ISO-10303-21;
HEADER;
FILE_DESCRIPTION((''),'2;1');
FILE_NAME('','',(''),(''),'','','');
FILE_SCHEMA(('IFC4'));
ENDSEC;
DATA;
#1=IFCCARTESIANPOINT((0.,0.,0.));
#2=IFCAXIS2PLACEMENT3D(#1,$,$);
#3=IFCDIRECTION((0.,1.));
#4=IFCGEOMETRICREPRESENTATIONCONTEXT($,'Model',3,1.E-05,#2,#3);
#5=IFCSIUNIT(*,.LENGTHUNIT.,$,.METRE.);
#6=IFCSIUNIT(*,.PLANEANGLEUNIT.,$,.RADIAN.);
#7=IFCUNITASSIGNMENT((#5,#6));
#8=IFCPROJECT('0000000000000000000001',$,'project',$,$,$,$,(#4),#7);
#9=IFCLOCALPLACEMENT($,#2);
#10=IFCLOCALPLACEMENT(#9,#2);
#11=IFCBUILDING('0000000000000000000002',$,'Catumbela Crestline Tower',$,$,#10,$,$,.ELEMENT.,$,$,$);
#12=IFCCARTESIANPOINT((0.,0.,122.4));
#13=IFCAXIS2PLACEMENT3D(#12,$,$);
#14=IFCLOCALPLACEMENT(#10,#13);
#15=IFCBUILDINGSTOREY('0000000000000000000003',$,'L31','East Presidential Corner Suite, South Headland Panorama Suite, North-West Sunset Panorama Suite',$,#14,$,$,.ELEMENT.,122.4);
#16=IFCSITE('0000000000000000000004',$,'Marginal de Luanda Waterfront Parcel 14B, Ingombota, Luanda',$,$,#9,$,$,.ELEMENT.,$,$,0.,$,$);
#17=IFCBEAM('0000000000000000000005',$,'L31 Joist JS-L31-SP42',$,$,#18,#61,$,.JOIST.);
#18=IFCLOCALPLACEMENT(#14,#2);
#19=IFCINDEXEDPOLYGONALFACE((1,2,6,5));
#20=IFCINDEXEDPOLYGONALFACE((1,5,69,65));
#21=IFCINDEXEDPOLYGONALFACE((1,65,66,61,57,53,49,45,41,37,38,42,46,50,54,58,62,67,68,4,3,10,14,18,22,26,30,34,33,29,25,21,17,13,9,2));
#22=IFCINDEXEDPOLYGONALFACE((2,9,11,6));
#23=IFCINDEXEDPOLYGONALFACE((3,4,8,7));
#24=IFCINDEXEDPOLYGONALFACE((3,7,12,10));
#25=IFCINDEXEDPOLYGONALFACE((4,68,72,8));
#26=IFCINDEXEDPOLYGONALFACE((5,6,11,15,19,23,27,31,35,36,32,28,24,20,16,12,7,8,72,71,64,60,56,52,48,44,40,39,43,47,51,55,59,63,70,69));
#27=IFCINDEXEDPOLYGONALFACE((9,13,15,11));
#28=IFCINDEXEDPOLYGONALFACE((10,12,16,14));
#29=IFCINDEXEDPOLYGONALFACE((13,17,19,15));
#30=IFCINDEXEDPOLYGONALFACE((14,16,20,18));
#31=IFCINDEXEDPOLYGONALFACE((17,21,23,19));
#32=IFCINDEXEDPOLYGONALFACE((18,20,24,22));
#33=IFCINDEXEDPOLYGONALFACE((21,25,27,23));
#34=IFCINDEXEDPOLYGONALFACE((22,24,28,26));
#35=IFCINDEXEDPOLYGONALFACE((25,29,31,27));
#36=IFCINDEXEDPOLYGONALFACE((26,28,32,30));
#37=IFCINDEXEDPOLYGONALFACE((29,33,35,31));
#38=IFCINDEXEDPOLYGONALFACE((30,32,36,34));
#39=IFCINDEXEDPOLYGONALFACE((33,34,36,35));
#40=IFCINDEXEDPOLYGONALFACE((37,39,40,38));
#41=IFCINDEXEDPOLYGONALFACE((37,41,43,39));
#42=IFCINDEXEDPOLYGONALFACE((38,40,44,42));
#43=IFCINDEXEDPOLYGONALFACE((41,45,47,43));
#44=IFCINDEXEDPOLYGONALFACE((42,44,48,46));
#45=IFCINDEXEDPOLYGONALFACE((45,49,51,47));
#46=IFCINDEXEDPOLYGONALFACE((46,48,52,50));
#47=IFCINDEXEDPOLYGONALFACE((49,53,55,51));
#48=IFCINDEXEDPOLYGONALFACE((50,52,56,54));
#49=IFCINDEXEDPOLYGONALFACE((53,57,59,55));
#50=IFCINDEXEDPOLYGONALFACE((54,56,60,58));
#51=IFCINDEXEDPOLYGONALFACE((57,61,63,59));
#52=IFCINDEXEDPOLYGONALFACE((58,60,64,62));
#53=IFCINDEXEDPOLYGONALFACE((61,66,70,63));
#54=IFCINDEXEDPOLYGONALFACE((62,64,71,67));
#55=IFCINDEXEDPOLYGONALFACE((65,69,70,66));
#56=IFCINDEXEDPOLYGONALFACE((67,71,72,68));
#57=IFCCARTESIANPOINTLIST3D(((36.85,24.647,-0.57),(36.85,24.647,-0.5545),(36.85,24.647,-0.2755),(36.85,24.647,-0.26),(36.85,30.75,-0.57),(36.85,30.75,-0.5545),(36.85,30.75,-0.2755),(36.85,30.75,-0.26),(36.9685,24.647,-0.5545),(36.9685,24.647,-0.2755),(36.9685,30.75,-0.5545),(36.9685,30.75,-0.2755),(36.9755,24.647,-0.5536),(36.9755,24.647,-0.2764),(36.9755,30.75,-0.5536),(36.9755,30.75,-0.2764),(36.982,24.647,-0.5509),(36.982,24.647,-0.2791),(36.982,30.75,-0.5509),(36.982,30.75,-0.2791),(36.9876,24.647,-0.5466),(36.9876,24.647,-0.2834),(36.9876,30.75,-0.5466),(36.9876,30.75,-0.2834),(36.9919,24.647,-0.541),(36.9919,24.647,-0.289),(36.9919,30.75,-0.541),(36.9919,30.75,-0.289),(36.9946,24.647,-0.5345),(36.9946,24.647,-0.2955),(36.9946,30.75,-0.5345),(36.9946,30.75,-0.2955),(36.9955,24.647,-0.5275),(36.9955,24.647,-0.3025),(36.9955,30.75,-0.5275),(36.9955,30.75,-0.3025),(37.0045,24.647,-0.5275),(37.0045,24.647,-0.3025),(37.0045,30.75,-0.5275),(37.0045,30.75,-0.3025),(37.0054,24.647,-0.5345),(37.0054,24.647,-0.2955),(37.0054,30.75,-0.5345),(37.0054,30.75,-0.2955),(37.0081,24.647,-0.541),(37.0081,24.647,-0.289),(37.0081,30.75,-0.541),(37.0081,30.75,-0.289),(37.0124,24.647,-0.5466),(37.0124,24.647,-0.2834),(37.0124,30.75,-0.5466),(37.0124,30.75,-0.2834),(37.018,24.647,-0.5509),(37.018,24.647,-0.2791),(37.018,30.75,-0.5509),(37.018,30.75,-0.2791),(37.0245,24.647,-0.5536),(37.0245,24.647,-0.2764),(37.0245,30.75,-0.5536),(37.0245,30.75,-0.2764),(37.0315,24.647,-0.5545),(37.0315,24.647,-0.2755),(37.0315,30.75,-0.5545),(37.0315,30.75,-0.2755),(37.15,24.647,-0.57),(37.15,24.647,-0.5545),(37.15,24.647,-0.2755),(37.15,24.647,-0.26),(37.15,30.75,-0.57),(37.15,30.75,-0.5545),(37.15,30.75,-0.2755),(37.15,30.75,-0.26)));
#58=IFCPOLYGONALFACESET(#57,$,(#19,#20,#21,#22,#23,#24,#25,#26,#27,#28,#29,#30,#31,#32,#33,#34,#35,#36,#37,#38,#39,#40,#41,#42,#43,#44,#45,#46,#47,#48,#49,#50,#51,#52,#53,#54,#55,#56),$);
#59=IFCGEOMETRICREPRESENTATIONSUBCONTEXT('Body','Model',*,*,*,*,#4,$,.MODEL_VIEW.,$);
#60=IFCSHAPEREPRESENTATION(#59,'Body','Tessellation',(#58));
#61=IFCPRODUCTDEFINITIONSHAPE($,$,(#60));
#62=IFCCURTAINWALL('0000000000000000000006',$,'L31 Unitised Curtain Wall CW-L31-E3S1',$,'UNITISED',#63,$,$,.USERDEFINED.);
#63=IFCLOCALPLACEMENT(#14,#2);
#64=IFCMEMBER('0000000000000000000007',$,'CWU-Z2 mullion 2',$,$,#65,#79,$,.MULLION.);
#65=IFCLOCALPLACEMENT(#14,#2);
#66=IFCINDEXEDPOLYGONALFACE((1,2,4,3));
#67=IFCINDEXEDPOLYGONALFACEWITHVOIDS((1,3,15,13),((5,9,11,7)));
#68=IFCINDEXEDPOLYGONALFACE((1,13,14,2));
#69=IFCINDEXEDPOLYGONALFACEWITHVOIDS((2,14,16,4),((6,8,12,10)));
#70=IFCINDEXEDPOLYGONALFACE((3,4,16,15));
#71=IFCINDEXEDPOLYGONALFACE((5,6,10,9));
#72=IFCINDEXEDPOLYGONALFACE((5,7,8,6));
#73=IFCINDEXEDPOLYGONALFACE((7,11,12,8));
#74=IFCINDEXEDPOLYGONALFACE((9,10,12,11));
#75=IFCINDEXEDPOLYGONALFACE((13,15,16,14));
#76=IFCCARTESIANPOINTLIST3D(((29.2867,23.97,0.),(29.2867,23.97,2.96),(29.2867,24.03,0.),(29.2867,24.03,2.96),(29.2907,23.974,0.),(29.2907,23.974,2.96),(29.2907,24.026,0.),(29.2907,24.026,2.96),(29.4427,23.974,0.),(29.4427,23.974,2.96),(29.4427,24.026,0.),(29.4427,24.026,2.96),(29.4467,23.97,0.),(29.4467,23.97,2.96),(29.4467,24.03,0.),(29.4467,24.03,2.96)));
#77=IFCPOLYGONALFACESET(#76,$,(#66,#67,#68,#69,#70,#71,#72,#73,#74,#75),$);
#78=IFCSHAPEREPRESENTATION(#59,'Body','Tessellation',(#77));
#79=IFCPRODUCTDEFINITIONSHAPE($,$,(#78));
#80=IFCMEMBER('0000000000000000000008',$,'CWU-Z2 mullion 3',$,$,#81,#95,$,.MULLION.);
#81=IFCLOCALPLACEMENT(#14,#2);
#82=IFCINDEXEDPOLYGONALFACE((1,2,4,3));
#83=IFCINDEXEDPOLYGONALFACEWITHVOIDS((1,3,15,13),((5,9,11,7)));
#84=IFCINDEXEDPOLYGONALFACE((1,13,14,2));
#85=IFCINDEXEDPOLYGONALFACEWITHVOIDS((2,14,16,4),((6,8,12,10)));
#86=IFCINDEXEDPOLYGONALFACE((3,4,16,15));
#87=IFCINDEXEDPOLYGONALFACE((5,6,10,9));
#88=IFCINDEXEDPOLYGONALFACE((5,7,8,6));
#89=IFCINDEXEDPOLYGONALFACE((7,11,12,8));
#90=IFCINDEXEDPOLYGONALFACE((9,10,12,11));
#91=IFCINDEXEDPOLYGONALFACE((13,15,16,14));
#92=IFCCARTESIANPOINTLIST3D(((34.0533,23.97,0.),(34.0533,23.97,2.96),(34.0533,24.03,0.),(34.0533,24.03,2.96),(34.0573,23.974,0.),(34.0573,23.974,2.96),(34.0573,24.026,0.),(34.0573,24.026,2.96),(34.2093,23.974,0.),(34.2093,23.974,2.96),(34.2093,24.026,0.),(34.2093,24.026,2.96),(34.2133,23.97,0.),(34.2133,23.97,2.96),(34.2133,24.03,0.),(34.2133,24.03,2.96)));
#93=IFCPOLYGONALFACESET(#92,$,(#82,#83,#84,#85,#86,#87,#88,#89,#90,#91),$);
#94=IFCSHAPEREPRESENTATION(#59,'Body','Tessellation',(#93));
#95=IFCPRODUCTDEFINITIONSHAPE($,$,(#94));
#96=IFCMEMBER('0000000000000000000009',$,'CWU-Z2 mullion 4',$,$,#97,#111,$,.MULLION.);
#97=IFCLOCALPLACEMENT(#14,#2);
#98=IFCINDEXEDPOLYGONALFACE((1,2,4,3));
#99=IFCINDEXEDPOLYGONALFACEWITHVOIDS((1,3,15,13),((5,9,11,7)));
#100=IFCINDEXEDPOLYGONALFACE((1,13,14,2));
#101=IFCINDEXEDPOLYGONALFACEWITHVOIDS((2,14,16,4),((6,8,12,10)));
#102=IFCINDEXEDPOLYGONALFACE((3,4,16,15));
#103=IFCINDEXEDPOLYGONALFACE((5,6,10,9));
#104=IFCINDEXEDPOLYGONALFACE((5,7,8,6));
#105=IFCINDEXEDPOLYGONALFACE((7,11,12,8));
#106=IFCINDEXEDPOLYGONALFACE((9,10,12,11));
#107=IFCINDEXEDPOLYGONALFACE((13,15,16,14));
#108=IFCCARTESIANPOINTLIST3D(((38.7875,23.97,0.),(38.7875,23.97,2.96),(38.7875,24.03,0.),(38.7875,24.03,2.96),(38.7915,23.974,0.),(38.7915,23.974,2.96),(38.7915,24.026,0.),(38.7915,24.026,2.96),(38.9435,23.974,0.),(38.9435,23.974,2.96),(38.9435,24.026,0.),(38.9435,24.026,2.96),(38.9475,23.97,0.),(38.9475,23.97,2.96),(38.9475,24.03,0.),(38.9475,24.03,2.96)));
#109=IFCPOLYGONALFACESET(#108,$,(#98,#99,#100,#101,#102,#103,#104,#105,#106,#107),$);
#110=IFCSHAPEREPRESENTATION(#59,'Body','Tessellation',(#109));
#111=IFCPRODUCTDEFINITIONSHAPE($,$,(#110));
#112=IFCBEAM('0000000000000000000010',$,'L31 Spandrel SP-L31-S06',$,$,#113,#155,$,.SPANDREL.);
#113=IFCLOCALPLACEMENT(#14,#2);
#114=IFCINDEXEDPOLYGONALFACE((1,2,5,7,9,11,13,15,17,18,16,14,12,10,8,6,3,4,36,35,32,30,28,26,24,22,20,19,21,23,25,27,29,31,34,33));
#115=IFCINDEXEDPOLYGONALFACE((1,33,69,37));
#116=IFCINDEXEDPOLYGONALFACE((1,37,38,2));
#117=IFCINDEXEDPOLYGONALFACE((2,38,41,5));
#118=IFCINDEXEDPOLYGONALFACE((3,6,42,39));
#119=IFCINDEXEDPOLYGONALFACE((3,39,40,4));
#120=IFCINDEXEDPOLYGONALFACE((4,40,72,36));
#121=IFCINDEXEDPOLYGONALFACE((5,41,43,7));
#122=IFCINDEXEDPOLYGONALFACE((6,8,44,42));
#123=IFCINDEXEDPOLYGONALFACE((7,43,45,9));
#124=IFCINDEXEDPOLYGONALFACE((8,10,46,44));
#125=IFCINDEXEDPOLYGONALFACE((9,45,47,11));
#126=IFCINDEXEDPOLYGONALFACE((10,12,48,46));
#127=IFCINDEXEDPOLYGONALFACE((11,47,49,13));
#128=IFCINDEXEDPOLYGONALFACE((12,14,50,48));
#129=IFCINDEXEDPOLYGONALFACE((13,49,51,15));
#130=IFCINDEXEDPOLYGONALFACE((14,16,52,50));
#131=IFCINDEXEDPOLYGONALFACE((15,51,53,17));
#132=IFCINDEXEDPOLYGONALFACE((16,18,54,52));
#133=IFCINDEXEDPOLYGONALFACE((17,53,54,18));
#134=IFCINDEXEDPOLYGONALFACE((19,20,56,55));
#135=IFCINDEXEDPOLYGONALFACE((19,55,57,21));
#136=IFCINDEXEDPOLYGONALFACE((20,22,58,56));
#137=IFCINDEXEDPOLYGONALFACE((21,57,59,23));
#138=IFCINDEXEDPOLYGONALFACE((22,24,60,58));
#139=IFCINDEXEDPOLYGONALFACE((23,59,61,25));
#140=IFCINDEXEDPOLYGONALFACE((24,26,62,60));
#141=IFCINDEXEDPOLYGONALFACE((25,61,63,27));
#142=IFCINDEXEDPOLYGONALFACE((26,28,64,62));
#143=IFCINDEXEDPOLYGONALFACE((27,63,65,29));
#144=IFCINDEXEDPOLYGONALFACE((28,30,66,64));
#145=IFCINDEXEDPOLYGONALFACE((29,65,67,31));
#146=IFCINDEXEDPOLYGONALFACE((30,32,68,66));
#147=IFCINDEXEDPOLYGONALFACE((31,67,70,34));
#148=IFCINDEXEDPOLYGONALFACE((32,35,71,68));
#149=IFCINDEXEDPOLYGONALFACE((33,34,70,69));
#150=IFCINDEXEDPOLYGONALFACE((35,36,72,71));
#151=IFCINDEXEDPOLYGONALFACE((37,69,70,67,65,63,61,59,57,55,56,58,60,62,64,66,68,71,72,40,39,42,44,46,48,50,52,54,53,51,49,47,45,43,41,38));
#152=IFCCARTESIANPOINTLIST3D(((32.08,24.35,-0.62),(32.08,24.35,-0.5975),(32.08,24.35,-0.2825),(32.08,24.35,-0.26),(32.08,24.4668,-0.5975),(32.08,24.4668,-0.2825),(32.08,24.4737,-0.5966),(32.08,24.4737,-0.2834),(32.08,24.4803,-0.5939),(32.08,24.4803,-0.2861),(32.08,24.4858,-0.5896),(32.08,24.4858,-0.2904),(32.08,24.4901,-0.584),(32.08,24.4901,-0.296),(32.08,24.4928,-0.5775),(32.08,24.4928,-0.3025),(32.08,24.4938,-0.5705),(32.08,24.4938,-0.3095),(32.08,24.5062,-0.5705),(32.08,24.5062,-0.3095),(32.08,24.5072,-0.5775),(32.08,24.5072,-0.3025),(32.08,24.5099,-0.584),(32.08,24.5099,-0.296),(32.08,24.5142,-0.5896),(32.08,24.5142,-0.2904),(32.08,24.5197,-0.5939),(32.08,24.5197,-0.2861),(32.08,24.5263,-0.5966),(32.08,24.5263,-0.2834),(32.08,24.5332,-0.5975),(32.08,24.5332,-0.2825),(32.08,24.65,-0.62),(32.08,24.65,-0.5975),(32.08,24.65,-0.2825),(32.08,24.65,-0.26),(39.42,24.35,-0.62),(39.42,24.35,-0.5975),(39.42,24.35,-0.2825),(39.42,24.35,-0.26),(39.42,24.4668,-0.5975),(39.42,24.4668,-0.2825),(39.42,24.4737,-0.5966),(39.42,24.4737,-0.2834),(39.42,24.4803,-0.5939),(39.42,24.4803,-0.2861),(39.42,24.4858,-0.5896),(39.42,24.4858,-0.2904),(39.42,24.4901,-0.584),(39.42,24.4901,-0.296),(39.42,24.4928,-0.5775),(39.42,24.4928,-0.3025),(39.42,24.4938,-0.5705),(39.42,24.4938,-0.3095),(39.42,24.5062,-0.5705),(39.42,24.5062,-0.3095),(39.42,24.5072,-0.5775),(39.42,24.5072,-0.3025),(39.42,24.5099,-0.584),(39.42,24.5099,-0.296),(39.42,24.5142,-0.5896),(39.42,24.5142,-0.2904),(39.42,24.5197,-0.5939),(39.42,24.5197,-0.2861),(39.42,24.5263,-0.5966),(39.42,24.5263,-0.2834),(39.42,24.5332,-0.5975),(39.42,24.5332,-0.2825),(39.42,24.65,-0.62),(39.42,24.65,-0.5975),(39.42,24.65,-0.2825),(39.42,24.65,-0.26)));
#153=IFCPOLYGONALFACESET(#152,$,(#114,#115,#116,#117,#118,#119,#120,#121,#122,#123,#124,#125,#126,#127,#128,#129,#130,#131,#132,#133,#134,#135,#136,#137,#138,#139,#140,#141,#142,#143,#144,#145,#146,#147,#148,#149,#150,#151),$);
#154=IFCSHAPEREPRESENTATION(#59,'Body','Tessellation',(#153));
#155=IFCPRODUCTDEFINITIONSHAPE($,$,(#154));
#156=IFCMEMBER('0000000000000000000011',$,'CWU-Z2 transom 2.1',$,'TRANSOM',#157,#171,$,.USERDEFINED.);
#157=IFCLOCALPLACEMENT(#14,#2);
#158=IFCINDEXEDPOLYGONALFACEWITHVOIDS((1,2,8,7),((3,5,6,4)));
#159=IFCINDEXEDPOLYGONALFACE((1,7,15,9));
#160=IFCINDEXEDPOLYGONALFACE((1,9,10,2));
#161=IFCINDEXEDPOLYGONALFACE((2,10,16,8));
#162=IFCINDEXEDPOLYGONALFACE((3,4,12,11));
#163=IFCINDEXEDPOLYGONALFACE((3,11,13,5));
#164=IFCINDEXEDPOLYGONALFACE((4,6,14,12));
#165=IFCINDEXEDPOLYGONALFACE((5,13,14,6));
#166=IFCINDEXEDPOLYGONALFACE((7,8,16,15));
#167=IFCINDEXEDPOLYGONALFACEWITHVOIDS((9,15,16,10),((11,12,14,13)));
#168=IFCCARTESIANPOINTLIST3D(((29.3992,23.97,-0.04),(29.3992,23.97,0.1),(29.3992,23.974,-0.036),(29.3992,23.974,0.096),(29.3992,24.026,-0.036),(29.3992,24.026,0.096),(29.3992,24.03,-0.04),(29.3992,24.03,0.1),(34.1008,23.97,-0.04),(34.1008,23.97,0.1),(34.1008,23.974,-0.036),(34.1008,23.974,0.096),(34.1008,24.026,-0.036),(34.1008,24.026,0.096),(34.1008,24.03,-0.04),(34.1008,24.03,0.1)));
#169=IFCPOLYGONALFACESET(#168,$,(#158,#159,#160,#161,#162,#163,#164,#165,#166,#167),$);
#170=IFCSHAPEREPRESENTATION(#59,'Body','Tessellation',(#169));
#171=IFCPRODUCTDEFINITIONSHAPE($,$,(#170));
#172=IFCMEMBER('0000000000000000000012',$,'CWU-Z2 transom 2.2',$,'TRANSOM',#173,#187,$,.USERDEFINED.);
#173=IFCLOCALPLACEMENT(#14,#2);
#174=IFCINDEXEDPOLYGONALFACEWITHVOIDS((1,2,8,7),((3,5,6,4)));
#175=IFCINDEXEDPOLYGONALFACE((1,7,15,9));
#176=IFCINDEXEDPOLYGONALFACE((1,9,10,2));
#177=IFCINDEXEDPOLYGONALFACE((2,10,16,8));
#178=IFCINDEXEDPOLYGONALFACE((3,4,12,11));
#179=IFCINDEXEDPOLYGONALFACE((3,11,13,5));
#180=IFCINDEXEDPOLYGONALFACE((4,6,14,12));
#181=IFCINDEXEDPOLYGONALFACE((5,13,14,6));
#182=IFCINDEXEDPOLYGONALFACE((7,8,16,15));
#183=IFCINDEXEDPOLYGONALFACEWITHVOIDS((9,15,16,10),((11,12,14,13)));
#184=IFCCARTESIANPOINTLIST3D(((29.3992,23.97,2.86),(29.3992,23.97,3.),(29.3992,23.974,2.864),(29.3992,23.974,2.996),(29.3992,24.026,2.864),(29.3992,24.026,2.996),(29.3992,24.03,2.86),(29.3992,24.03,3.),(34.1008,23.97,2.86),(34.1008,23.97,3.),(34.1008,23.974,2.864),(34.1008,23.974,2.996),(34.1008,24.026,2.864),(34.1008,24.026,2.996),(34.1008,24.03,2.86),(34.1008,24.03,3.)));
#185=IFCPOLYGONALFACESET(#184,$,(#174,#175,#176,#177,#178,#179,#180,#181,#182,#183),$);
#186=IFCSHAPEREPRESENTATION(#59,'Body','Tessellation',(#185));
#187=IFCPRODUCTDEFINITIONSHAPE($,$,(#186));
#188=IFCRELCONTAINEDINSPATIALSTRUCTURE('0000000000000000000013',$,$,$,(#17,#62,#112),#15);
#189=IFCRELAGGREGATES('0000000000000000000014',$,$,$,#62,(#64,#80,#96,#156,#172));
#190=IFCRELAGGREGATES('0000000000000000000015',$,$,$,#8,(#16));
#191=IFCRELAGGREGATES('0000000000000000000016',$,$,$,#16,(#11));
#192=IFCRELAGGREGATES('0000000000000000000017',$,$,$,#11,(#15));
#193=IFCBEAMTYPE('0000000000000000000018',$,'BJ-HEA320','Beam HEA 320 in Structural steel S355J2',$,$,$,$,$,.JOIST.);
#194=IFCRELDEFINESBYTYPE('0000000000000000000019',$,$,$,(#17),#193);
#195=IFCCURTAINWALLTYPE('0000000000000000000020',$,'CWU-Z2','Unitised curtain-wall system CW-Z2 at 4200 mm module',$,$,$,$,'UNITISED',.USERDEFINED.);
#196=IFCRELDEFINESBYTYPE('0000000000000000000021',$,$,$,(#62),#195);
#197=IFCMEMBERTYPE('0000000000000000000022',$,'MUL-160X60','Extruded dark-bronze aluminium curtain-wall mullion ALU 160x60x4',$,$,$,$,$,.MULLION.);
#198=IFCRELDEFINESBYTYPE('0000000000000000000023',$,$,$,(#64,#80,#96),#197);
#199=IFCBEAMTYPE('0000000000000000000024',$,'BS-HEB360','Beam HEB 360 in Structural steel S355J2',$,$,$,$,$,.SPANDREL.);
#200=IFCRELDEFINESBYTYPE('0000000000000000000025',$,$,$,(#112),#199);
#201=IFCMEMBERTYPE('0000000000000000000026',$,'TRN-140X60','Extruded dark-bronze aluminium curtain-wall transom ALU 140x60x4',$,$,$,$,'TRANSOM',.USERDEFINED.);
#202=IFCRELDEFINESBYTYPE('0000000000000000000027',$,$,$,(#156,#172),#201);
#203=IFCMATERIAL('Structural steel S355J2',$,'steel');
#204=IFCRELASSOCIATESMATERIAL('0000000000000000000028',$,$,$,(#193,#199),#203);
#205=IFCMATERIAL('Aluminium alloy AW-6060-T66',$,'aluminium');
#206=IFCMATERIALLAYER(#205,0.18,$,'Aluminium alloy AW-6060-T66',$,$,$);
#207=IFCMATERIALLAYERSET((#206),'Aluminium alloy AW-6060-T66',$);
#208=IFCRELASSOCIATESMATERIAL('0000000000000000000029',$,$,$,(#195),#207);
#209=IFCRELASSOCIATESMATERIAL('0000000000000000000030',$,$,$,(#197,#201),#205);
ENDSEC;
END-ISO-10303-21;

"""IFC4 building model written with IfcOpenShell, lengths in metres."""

from ifc_helpers import new_model, si_unit, direction, frame, origin, origin_2d, place, context, subcontext, project, spatial, hollow_rectangle, i_section, extrude, material, layer, layer_set, material_profile, profile_set, type_object, element, aggregate, save


model = new_model("IFC4")

# Units and contexts
model_context = context("Model", 3, precision=1e-05, world=origin(), true_north=direction((0.0, 1.0)))
body_context = subcontext(model_context, "Body", "Model", "MODEL_VIEW")
ifc_project = project(units=[si_unit("LENGTHUNIT", "METRE"), si_unit("PLANEANGLEUNIT", "RADIAN")], contexts=[model_context])

# Site, building, storey
site_placement = place(None, origin())
site = spatial("IfcSite", under=ifc_project, at=site_placement, Name="Marginal de Luanda Waterfront Parcel 14B, Ingombota, Luanda", CompositionType="ELEMENT", RefElevation=0.0)
building_placement = place(site_placement, origin())
building = spatial("IfcBuilding", under=site, at=building_placement, Name="Catumbela Crestline Tower", CompositionType="ELEMENT")
storey_placement = place(building_placement, frame((0.0, 0.0, 122.4)))
storey = spatial("IfcBuildingStorey", under=building, at=storey_placement, Name="L31", Description="East Presidential Corner Suite, South Headland Panorama Suite, North-West Sunset Panorama Suite", CompositionType="ELEMENT", Elevation=122.4)

# Beam
ifc_material_1 = material(Name="Structural steel S355J2", Category="steel")
ifc_material_profile_1 = material_profile(ifc_material_1, i_section(OverallWidth=0.3, OverallDepth=0.31, WebThickness=0.009, FlangeThickness=0.0155, FilletRadius=0.027, at=origin_2d()), Name="HEA 320")
ifc_profile_set_1 = profile_set([ifc_material_profile_1], Name="Structural steel S355J2")
beam_type_1 = type_object("IfcBeamType", Name="BJ-HEA320", Description="Beam HEA 320 in Structural steel S355J2", PredefinedType="JOIST", material=ifc_profile_set_1)
for number, where, z_axis, x_axis, name in (
    (1, (37.0, 24.647, -0.415), (0.0, 1.0, 0.0), (-1.0, 0.0, 0.0), "L31 Joist JS-L31-SP42"),
):
    element("IfcBeam", number, at=place(storey_placement, frame(where, z_axis=z_axis, x_axis=x_axis)), inside=storey, type_object=beam_type_1, Name=name, PredefinedType="JOIST", context=body_context, shape_type="SweptSolid", body=[
        extrude(i_section(OverallWidth=0.3, OverallDepth=0.31, WebThickness=0.009, FlangeThickness=0.0155, FilletRadius=0.027, at=origin_2d()), origin(), (0.0, 0.0, 1.0), 6.103),
    ])

# Curtain wall, members
ifc_material_2 = material(Name="Aluminium alloy AW-6060-T66", Category="aluminium")
ifc_layer_1 = layer(ifc_material_2, 0.18, Name="Aluminium alloy AW-6060-T66")
ifc_layer_set_1 = layer_set([ifc_layer_1], Name="Aluminium alloy AW-6060-T66")
curtain_wall_type = type_object("IfcCurtainWallType", Name="CWU-Z2", Description="Unitised curtain-wall system CW-Z2 at 4200 mm module", ElementType="UNITISED", PredefinedType="USERDEFINED", material=ifc_layer_set_1)
curtain_wall_placement = place(storey_placement, origin())
curtain_wall = element("IfcCurtainWall", 2, at=curtain_wall_placement, inside=storey, type_object=curtain_wall_type, Name="L31 Unitised Curtain Wall CW-L31-E3S1", ObjectType="UNITISED", PredefinedType="USERDEFINED")
ifc_material_profile_2 = material_profile(ifc_material_2, hollow_rectangle(XDim=0.06, YDim=0.16, WallThickness=0.004, at=origin_2d()), Name="ALU 160x60x4")
ifc_profile_set_2 = profile_set([ifc_material_profile_2], Name="Aluminium alloy AW-6060-T66")
member_type_1 = type_object("IfcMemberType", Name="MUL-160X60", Description="Extruded dark-bronze aluminium curtain-wall mullion ALU 160x60x4", PredefinedType="MULLION", material=ifc_profile_set_2)
member_1_placement = place(storey_placement, frame((29.3667, 24.0, 0.0), z_axis=(0.0, 0.0, 1.0), x_axis=(0.0, 1.0, 0.0)))
member_1 = element("IfcMember", 3, at=member_1_placement, type_object=member_type_1, Name="CWU-Z2 mullion 2", PredefinedType="MULLION", context=body_context, shape_type="SweptSolid", body=[
    extrude(hollow_rectangle(XDim=0.06, YDim=0.16, WallThickness=0.004, at=origin_2d()), origin(), (0.0, 0.0, 1.0), 2.96),
])
member_2_placement = place(storey_placement, frame((34.1333, 24.0, 0.0), z_axis=(0.0, 0.0, 1.0), x_axis=(0.0, 1.0, 0.0)))
member_2 = element("IfcMember", 4, at=member_2_placement, type_object=member_type_1, Name="CWU-Z2 mullion 3", PredefinedType="MULLION", context=body_context, shape_type="SweptSolid", body=[
    extrude(hollow_rectangle(XDim=0.06, YDim=0.16, WallThickness=0.004, at=origin_2d()), origin(), (0.0, 0.0, 1.0), 2.96),
])
member_3_placement = place(storey_placement, frame((38.8675, 24.0, 0.0), z_axis=(0.0, 0.0, 1.0), x_axis=(0.0, 1.0, 0.0)))
member_3 = element("IfcMember", 5, at=member_3_placement, type_object=member_type_1, Name="CWU-Z2 mullion 4", PredefinedType="MULLION", context=body_context, shape_type="SweptSolid", body=[
    extrude(hollow_rectangle(XDim=0.06, YDim=0.16, WallThickness=0.004, at=origin_2d()), origin(), (0.0, 0.0, 1.0), 2.96),
])

# Beam
ifc_material_profile_3 = material_profile(ifc_material_1, i_section(OverallWidth=0.3, OverallDepth=0.36, WebThickness=0.0125, FlangeThickness=0.0225, FilletRadius=0.027, at=origin_2d()), Name="HEB 360")
ifc_profile_set_3 = profile_set([ifc_material_profile_3], Name="Structural steel S355J2")
beam_type_2 = type_object("IfcBeamType", Name="BS-HEB360", Description="Beam HEB 360 in Structural steel S355J2", PredefinedType="SPANDREL", material=ifc_profile_set_3)
beam_1_placement = place(storey_placement, frame((32.08, 24.5, -0.44), z_axis=(1.0, 0.0, 0.0), x_axis=(0.0, 1.0, 0.0)))
element("IfcBeam", 6, at=beam_1_placement, inside=storey, type_object=beam_type_2, Name="L31 Spandrel SP-L31-S06", PredefinedType="SPANDREL", context=body_context, shape_type="SweptSolid", body=[
    extrude(i_section(OverallWidth=0.3, OverallDepth=0.36, WebThickness=0.0125, FlangeThickness=0.0225, FilletRadius=0.027, at=origin_2d()), origin(), (0.0, 0.0, 1.0), 7.34),
])

# Members
ifc_material_profile_4 = material_profile(ifc_material_2, hollow_rectangle(XDim=0.06, YDim=0.14, WallThickness=0.004, at=origin_2d()), Name="ALU 140x60x4")
ifc_profile_set_4 = profile_set([ifc_material_profile_4], Name="Aluminium alloy AW-6060-T66")
member_type_2 = type_object("IfcMemberType", Name="TRN-140X60", Description="Extruded dark-bronze aluminium curtain-wall transom ALU 140x60x4", ElementType="TRANSOM", PredefinedType="USERDEFINED", material=ifc_profile_set_4)
member_4_placement = place(storey_placement, frame((29.3992, 24.0, 0.03), z_axis=(1.0, 0.0, 0.0), x_axis=(0.0, 1.0, 0.0)))
member_4 = element("IfcMember", 7, at=member_4_placement, type_object=member_type_2, Name="CWU-Z2 transom 2.1", ObjectType="TRANSOM", PredefinedType="USERDEFINED", context=body_context, shape_type="SweptSolid", body=[
    extrude(hollow_rectangle(XDim=0.06, YDim=0.14, WallThickness=0.004, at=origin_2d()), origin(), (0.0, 0.0, 1.0), 4.7016),
])
member_5_placement = place(storey_placement, frame((29.3992, 24.0, 2.93), z_axis=(1.0, 0.0, 0.0), x_axis=(0.0, 1.0, 0.0)))
member_5 = element("IfcMember", 8, at=member_5_placement, type_object=member_type_2, Name="CWU-Z2 transom 2.2", ObjectType="TRANSOM", PredefinedType="USERDEFINED", context=body_context, shape_type="SweptSolid", body=[
    extrude(hollow_rectangle(XDim=0.06, YDim=0.14, WallThickness=0.004, at=origin_2d()), origin(), (0.0, 0.0, 1.0), 4.7016),
])

aggregate(curtain_wall, [member_1, member_2, member_3, member_4, member_5])

save(model, "model.ifc")
